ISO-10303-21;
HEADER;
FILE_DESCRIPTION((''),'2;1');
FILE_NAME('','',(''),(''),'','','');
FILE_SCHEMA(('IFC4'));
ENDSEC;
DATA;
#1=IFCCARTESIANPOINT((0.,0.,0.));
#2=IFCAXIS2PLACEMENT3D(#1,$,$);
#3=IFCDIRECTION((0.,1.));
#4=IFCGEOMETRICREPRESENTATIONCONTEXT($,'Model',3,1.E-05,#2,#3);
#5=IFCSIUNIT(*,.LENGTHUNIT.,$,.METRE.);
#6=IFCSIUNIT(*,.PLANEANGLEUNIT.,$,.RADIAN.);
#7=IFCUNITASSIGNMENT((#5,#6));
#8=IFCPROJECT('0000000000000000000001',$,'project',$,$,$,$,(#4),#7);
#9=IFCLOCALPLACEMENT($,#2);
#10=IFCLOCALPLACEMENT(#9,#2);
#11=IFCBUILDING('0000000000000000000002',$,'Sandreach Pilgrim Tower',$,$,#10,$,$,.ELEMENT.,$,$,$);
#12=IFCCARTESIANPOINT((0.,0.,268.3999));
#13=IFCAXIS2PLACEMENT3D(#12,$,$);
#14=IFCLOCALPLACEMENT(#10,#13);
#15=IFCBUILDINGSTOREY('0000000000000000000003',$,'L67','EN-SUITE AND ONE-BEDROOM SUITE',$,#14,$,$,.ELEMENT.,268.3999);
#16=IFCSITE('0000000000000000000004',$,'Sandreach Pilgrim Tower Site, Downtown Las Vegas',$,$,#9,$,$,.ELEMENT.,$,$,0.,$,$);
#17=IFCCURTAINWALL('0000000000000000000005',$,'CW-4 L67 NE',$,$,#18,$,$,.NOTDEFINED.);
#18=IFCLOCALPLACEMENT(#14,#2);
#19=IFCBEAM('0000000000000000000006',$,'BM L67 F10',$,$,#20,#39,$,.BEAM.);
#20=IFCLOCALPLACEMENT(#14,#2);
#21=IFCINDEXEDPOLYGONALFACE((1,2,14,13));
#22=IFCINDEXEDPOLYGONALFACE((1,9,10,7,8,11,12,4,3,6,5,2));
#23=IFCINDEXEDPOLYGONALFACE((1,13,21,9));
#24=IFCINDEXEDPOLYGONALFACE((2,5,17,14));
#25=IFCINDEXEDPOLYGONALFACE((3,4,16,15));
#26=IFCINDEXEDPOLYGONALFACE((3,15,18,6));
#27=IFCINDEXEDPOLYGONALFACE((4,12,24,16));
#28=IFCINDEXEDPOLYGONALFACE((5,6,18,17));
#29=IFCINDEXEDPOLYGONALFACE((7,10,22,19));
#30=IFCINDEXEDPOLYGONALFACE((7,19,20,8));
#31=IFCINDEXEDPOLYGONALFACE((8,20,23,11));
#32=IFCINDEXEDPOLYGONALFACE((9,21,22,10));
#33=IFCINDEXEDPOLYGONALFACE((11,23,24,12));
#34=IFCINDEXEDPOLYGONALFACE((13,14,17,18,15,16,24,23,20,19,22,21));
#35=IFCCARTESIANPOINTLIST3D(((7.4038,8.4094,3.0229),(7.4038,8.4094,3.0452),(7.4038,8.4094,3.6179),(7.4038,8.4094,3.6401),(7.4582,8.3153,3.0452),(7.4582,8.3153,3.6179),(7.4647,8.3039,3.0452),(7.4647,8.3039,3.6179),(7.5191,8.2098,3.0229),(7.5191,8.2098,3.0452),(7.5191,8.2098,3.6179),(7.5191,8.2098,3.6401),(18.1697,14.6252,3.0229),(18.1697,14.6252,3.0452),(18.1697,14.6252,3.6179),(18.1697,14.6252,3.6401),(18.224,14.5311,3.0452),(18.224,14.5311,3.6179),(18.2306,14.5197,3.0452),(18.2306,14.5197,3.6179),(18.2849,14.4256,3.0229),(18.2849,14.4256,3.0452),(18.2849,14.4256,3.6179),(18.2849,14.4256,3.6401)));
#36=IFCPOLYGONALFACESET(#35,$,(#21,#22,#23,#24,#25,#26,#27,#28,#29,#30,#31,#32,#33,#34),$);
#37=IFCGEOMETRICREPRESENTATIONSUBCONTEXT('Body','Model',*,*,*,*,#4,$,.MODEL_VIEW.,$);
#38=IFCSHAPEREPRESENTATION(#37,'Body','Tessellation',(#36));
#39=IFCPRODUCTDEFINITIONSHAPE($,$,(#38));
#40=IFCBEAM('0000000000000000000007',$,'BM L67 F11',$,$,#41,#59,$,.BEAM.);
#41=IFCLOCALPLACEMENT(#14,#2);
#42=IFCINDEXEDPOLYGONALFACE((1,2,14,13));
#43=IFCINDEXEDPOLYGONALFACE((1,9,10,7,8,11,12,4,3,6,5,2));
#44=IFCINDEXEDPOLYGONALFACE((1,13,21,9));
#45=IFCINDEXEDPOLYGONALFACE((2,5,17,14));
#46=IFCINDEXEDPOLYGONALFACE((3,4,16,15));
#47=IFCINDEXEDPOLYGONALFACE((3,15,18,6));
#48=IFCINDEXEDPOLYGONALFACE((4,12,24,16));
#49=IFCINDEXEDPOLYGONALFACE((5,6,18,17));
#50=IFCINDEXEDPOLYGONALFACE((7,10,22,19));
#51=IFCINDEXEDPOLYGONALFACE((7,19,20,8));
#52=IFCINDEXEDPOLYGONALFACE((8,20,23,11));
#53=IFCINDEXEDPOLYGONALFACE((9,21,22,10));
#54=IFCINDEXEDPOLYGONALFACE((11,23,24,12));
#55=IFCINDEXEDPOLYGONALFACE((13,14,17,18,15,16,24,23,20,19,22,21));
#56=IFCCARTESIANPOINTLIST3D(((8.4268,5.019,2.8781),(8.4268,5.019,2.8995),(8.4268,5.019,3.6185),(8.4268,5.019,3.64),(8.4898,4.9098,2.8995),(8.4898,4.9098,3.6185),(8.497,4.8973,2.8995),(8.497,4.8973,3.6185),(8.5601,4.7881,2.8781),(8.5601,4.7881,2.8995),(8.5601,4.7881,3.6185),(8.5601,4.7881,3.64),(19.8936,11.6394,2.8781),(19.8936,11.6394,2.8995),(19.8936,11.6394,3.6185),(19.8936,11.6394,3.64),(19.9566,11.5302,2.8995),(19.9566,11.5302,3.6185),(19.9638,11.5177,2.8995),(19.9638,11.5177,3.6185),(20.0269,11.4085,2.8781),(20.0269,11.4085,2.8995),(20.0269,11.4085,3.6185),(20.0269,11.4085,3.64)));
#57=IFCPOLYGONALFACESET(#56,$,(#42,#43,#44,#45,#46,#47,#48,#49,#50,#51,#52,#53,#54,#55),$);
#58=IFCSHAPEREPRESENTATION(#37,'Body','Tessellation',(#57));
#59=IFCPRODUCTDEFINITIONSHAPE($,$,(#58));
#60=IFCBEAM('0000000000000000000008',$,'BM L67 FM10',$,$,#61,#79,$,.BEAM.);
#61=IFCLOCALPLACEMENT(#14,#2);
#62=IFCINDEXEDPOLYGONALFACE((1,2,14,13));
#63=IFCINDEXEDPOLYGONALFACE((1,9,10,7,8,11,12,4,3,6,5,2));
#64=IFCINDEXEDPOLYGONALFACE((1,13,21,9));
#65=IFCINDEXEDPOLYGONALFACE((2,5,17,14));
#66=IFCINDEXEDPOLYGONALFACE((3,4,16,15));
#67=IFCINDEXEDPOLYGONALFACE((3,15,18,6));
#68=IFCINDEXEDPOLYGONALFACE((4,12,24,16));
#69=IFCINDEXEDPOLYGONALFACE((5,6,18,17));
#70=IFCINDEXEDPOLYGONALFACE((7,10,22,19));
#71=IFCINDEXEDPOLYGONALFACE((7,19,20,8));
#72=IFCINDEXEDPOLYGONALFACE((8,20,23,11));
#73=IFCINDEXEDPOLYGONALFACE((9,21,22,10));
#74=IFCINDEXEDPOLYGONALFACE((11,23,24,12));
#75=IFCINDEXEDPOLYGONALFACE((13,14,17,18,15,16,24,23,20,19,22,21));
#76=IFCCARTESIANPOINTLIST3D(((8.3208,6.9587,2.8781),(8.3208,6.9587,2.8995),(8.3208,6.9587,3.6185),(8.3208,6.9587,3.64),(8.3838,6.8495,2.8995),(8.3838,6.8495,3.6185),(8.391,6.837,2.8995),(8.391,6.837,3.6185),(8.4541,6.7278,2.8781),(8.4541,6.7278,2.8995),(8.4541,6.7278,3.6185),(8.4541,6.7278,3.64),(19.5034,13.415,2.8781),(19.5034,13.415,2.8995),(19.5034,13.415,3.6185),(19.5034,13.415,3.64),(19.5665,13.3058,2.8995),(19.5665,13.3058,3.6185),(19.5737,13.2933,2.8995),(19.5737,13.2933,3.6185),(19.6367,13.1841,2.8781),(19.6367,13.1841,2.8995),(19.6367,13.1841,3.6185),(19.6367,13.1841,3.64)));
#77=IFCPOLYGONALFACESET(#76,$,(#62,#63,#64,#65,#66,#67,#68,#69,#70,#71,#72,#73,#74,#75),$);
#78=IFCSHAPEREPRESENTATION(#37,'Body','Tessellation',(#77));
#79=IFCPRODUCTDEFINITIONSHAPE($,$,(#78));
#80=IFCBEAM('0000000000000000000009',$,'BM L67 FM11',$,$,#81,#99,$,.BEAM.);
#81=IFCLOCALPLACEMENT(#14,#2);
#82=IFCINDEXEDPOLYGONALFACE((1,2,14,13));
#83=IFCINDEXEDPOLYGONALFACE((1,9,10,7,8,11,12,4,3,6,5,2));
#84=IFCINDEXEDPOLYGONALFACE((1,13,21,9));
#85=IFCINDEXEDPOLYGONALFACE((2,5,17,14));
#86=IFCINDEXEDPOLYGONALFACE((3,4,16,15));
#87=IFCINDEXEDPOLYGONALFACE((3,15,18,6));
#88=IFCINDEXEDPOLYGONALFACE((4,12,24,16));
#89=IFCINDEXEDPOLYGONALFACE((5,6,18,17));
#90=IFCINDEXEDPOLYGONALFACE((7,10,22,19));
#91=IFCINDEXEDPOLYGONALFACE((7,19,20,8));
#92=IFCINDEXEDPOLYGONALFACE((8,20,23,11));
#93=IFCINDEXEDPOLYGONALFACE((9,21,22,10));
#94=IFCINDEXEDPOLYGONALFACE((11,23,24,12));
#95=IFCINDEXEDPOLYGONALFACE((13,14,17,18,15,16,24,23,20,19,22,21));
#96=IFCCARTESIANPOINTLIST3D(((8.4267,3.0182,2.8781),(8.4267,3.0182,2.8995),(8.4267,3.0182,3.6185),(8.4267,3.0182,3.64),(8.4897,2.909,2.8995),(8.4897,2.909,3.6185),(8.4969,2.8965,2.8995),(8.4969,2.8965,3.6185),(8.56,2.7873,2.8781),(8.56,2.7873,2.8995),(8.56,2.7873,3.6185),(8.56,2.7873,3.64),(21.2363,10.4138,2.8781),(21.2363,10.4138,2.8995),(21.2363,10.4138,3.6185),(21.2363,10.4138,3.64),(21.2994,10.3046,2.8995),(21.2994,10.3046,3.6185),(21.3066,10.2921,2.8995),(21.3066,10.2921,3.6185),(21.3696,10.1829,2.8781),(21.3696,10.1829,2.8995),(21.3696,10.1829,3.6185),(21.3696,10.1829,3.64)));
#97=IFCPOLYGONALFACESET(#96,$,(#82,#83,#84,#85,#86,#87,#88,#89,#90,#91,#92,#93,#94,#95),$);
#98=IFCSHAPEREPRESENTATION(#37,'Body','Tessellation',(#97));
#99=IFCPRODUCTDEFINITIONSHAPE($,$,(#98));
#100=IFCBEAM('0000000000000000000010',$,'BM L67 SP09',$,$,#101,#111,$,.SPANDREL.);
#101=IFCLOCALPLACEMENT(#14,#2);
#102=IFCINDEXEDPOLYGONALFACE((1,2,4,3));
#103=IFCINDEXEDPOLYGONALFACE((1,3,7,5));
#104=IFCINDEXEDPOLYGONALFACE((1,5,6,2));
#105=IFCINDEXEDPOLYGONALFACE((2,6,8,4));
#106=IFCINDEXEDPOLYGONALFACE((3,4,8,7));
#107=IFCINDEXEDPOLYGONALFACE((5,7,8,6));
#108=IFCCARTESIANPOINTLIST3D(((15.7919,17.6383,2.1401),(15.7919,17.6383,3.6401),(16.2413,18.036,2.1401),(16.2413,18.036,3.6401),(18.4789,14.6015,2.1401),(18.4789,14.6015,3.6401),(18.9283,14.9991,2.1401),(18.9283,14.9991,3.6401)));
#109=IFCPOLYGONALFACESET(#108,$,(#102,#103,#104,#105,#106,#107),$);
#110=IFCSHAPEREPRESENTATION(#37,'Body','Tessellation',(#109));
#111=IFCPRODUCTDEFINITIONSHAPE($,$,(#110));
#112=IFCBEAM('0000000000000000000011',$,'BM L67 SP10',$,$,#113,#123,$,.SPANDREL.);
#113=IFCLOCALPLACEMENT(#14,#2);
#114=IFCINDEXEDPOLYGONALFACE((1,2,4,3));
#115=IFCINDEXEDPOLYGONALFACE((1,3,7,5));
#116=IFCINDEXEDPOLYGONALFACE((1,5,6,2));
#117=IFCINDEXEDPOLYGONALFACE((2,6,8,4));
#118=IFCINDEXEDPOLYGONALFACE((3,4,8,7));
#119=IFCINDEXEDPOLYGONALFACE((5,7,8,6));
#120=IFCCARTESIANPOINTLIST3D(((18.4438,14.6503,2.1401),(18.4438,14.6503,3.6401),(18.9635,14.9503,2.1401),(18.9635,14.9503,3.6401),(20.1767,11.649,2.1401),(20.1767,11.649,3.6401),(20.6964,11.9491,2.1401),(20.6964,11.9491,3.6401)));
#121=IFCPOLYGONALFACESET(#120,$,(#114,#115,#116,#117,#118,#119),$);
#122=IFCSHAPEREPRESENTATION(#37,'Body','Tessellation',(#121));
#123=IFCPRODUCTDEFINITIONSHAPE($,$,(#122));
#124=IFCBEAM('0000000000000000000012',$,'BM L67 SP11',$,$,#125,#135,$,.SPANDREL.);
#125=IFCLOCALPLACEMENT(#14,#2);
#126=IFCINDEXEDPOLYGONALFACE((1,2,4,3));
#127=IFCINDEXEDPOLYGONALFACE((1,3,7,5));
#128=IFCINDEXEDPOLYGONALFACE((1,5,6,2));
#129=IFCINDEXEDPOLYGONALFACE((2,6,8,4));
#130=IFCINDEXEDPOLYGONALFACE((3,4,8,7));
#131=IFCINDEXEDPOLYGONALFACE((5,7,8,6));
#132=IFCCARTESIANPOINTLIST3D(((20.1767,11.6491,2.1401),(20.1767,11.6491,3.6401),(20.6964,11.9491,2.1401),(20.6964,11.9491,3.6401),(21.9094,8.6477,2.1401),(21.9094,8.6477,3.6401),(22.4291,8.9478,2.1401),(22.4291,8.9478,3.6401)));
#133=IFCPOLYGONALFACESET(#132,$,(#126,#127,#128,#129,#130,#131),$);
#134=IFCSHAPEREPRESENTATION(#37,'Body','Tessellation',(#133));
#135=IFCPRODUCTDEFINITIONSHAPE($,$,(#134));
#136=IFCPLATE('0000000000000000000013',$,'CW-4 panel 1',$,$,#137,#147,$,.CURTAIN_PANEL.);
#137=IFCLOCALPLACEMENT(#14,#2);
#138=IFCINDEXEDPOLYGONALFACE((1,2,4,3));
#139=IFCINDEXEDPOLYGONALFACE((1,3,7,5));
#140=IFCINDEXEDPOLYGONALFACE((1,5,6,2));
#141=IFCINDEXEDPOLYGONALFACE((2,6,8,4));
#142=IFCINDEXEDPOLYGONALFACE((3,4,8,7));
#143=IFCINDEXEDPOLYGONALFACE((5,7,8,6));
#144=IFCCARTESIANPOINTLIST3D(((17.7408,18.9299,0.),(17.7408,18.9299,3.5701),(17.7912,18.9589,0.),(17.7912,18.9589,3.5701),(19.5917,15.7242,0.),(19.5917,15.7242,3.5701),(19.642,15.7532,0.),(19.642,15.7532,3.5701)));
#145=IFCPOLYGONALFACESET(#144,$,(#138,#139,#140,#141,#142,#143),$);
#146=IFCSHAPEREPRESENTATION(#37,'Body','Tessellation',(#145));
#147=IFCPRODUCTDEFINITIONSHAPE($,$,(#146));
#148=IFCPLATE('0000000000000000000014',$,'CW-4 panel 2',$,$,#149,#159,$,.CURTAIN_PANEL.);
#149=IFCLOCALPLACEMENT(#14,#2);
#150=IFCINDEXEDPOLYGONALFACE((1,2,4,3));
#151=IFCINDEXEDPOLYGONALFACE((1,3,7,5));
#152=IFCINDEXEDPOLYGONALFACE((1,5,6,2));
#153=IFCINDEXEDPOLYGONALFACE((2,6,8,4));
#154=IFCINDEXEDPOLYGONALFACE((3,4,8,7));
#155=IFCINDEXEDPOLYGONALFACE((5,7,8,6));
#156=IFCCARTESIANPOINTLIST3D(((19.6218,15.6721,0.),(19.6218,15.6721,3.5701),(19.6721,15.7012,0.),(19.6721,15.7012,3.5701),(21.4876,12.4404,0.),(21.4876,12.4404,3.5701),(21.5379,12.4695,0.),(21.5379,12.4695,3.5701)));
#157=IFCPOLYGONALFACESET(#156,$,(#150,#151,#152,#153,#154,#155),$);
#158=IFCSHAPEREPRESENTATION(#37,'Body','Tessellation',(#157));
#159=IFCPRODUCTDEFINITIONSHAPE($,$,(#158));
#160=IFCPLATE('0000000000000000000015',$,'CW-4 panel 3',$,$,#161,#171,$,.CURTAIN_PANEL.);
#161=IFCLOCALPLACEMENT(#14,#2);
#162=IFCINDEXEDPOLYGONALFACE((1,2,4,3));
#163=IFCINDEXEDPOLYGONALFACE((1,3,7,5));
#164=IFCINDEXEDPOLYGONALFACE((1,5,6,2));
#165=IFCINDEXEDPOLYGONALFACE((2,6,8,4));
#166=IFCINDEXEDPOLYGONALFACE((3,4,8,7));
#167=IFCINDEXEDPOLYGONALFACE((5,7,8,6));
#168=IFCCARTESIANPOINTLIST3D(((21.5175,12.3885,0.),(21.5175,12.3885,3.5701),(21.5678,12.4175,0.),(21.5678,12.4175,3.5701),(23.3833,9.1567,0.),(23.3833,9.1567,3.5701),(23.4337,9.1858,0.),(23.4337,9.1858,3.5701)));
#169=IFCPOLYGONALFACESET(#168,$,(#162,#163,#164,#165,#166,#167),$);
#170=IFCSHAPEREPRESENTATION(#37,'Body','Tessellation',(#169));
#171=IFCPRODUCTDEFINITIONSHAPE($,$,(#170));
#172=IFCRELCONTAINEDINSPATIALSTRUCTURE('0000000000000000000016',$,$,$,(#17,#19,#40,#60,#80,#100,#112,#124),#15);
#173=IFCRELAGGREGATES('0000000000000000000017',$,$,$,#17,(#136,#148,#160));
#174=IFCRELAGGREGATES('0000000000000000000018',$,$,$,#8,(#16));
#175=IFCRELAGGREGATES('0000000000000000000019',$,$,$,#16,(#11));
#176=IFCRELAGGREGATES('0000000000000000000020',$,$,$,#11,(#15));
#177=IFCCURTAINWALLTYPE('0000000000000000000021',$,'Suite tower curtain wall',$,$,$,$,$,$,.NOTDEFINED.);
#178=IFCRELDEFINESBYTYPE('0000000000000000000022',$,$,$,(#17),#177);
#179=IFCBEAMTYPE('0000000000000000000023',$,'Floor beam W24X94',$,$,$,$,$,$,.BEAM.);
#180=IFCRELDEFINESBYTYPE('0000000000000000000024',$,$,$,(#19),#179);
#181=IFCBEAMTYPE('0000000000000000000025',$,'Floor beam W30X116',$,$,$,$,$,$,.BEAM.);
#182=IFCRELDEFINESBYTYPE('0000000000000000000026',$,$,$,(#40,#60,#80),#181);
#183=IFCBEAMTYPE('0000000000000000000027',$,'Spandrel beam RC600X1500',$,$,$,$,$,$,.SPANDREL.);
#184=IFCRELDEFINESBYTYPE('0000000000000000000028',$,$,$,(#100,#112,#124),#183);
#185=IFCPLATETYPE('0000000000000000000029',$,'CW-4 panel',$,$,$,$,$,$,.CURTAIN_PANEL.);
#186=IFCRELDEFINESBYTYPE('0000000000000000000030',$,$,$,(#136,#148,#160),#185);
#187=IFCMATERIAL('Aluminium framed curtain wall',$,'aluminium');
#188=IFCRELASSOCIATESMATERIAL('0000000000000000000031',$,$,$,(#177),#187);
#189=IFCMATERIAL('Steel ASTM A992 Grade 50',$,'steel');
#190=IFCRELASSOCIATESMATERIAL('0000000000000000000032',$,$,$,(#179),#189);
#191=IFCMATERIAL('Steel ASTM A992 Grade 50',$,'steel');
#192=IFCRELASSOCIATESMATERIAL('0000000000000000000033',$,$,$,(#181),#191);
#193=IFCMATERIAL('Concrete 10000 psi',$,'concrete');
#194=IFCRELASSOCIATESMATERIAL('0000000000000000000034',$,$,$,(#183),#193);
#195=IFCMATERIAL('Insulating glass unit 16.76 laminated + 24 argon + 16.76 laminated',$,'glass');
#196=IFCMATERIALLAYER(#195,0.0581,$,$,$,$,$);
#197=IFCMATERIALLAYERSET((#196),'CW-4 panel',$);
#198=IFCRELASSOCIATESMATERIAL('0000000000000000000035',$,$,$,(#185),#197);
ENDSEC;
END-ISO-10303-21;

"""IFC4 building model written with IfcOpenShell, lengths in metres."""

from ifc_helpers import new_model, si_unit, direction, frame, origin, origin_2d, place, context, subcontext, project, spatial, rectangle, i_section, extrude, material, layer, layer_set, material_profile, profile_set, type_object, element, aggregate, save


model = new_model("IFC4")

# Units and contexts
model_context = context("Model", 3, precision=1e-05, world=origin(), true_north=direction((0.0, 1.0)))
body_context = subcontext(model_context, "Body", "Model", "MODEL_VIEW")
ifc_project = project(units=[si_unit("LENGTHUNIT", "METRE"), si_unit("PLANEANGLEUNIT", "RADIAN")], contexts=[model_context])

# Site, building, storey
site_placement = place(None, origin())
site = spatial("IfcSite", under=ifc_project, at=site_placement, Name="Sandreach Pilgrim Tower Site, Downtown Las Vegas", CompositionType="ELEMENT", RefElevation=0.0)
building_placement = place(site_placement, origin())
building = spatial("IfcBuilding", under=site, at=building_placement, Name="Sandreach Pilgrim Tower", CompositionType="ELEMENT")
storey_placement = place(building_placement, frame((0.0, 0.0, 268.3999)))
storey = spatial("IfcBuildingStorey", under=building, at=storey_placement, Name="L67", Description="EN-SUITE AND ONE-BEDROOM SUITE", CompositionType="ELEMENT", Elevation=268.3999)

# Shared definitions
ifc_material_1 = material(Name="Aluminium framed curtain wall", Category="aluminium")
curtain_wall_type = type_object("IfcCurtainWallType", Name="Suite tower curtain wall", PredefinedType="NOTDEFINED", material=ifc_material_1)

# Curtain wall
curtain_wall_1_placement = place(storey_placement, origin())
curtain_wall_1 = element("IfcCurtainWall", 1, at=curtain_wall_1_placement, inside=storey, type_object=curtain_wall_type, Name="CW-4 L67 NE", PredefinedType="NOTDEFINED")

# Beams
ifc_material_2 = material(Name="Steel ASTM A992 Grade 50", Category="steel")
ifc_material_profile_1 = material_profile(ifc_material_2, i_section(OverallWidth=0.2305, OverallDepth=0.6172, WebThickness=0.0132, FlangeThickness=0.0222, at=origin_2d()), Name="W24X94")
ifc_profile_set_1 = profile_set([ifc_material_profile_1], Name="Steel ASTM A992 Grade 50")
beam_type_1 = type_object("IfcBeamType", Name="Floor beam W24X94", PredefinedType="BEAM", material=ifc_profile_set_1)
beam_1_placement = place(storey_placement, frame((18.2273, 14.5254, 3.3315), z_axis=(-0.86602, -0.500009, 0.0), x_axis=(0.500009, -0.86602, 0.0)))
element("IfcBeam", 2, at=beam_1_placement, inside=storey, type_object=beam_type_1, Name="BM L67 F10", PredefinedType="BEAM", context=body_context, shape_type="SweptSolid", body=[
    extrude(i_section(OverallWidth=0.2305, OverallDepth=0.6172, WebThickness=0.0132, FlangeThickness=0.0222, at=origin_2d()), origin(), (0.0, 0.0, 1.0), 12.4314),
])
ifc_material_3 = material(Name="Steel ASTM A992 Grade 50", Category="steel")
ifc_material_profile_2 = material_profile(ifc_material_3, i_section(OverallWidth=0.2666, OverallDepth=0.762, WebThickness=0.0144, FlangeThickness=0.0215, at=origin_2d()), Name="W30X116")
ifc_profile_set_2 = profile_set([ifc_material_profile_2], Name="Steel ASTM A992 Grade 50")
beam_type_2 = type_object("IfcBeamType", Name="Floor beam W30X116", PredefinedType="BEAM", material=ifc_profile_set_2)
beam_2_placement = place(storey_placement, frame((19.9602, 11.5239, 3.259), z_axis=(-0.866025, -0.5, 0.0), x_axis=(0.5, -0.866025, 0.0)))
element("IfcBeam", 3, at=beam_2_placement, inside=storey, type_object=beam_type_2, Name="BM L67 F11", PredefinedType="BEAM", context=body_context, shape_type="SweptSolid", body=[
    extrude(i_section(OverallWidth=0.2666, OverallDepth=0.762, WebThickness=0.0144, FlangeThickness=0.0215, at=origin_2d()), origin(), (0.0, 0.0, 1.0), 13.2407),
])
beam_3_placement = place(storey_placement, frame((19.5701, 13.2996, 3.259), z_axis=(-0.866025, -0.500001, 0.0), x_axis=(0.500001, -0.866025, 0.0)))
element("IfcBeam", 4, at=beam_3_placement, inside=storey, type_object=beam_type_2, Name="BM L67 FM10", PredefinedType="BEAM", context=body_context, shape_type="SweptSolid", body=[
    extrude(i_section(OverallWidth=0.2666, OverallDepth=0.762, WebThickness=0.0144, FlangeThickness=0.0215, at=origin_2d()), origin(), (0.0, 0.0, 1.0), 12.9126),
])
beam_4_placement = place(storey_placement, frame((21.303, 10.2983, 3.259), z_axis=(-0.866028, -0.499995, 0.0), x_axis=(0.499995, -0.866028, 0.0)))
element("IfcBeam", 5, at=beam_4_placement, inside=storey, type_object=beam_type_2, Name="BM L67 FM11", PredefinedType="BEAM", context=body_context, shape_type="SweptSolid", body=[
    extrude(i_section(OverallWidth=0.2666, OverallDepth=0.762, WebThickness=0.0144, FlangeThickness=0.0215, at=origin_2d()), origin(), (0.0, 0.0, 1.0), 14.7913),
])
ifc_material_4 = material(Name="Concrete 10000 psi", Category="concrete")
ifc_material_profile_3 = material_profile(ifc_material_4, rectangle(XDim=0.6001, YDim=1.5, at=origin_2d()), Name="RC600X1500")
ifc_profile_set_3 = profile_set([ifc_material_profile_3], Name="Concrete 10000 psi")
beam_type_3 = type_object("IfcBeamType", Name="Spandrel beam RC600X1500", PredefinedType="SPANDREL", material=ifc_profile_set_3)
beam_5_placement = place(storey_placement, frame((16.0166, 17.8372, 2.8901), z_axis=(0.662651, -0.748929, 0.0), x_axis=(0.748929, 0.662651, 0.0)))
element("IfcBeam", 6, at=beam_5_placement, inside=storey, type_object=beam_type_3, Name="BM L67 SP09", PredefinedType="SPANDREL", context=body_context, shape_type="SweptSolid", body=[
    extrude(rectangle(XDim=0.6001, YDim=1.5, at=origin_2d()), origin(), (0.0, 0.0, 1.0), 4.0549),
])
for number, where, z_axis, x_axis, name in (
    (7, (18.7036, 14.8003, 2.8901), (0.500033, -0.866006, 0.0), (0.866006, 0.500033, 0.0), "BM L67 SP10"),
    (8, (20.4365, 11.7991, 2.8901), (0.499981, -0.866037, 0.0), (0.866037, 0.499981, 0.0), "BM L67 SP11"),
):
    element("IfcBeam", number, at=place(storey_placement, frame(where, z_axis=z_axis, x_axis=x_axis)), inside=storey, type_object=beam_type_3, Name=name, PredefinedType="SPANDREL", context=body_context, shape_type="SweptSolid", body=[
        extrude(rectangle(XDim=0.6001, YDim=1.5, at=origin_2d()), origin(), (0.0, 0.0, 1.0), 3.4656),
    ])

# Plates
ifc_material_5 = material(Name="Insulating glass unit 16.76 laminated + 24 argon + 16.76 laminated", Category="glass")
ifc_layer_1 = layer(ifc_material_5, 0.0581)
ifc_layer_set_1 = layer_set([ifc_layer_1], Name="CW-4 panel")
plate_type = type_object("IfcPlateType", Name="CW-4 panel", PredefinedType="CURTAIN_PANEL", material=ifc_layer_set_1)
plate_1_placement = place(storey_placement, frame((18.6914, 17.3416, 0.0), z_axis=(0.0, 0.0, 1.0), x_axis=(0.5, -0.866025, 0.0)))
plate_1 = element("IfcPlate", 9, at=plate_1_placement, type_object=plate_type, Name="CW-4 panel 1", PredefinedType="CURTAIN_PANEL", context=body_context, shape_type="SweptSolid", body=[
    extrude(rectangle(XDim=3.7017, YDim=0.0581, at=origin_2d()), origin(), (0.0, 0.0, 1.0), 3.5701),
])
plate_2_placement = place(storey_placement, frame((20.5798, 14.0708, 0.0), z_axis=(0.0, 0.0, 1.0), x_axis=(0.5, -0.866025, 0.0)))
plate_2 = element("IfcPlate", 10, at=plate_2_placement, type_object=plate_type, Name="CW-4 panel 2", PredefinedType="CURTAIN_PANEL", context=body_context, shape_type="SweptSolid", body=[
    extrude(rectangle(XDim=3.7317, YDim=0.0581, at=origin_2d()), origin(), (0.0, 0.0, 1.0), 3.5701),
])
plate_3_placement = place(storey_placement, frame((22.4756, 10.7871, 0.0), z_axis=(0.0, 0.0, 1.0), x_axis=(0.5, -0.866025, 0.0)))
plate_3 = element("IfcPlate", 11, at=plate_3_placement, type_object=plate_type, Name="CW-4 panel 3", PredefinedType="CURTAIN_PANEL", context=body_context, shape_type="SweptSolid", body=[
    extrude(rectangle(XDim=3.7317, YDim=0.0581, at=origin_2d()), origin(), (0.0, 0.0, 1.0), 3.5701),
])
aggregate(curtain_wall_1, [plate_1, plate_2, plate_3])

save(model, "model.ifc")
